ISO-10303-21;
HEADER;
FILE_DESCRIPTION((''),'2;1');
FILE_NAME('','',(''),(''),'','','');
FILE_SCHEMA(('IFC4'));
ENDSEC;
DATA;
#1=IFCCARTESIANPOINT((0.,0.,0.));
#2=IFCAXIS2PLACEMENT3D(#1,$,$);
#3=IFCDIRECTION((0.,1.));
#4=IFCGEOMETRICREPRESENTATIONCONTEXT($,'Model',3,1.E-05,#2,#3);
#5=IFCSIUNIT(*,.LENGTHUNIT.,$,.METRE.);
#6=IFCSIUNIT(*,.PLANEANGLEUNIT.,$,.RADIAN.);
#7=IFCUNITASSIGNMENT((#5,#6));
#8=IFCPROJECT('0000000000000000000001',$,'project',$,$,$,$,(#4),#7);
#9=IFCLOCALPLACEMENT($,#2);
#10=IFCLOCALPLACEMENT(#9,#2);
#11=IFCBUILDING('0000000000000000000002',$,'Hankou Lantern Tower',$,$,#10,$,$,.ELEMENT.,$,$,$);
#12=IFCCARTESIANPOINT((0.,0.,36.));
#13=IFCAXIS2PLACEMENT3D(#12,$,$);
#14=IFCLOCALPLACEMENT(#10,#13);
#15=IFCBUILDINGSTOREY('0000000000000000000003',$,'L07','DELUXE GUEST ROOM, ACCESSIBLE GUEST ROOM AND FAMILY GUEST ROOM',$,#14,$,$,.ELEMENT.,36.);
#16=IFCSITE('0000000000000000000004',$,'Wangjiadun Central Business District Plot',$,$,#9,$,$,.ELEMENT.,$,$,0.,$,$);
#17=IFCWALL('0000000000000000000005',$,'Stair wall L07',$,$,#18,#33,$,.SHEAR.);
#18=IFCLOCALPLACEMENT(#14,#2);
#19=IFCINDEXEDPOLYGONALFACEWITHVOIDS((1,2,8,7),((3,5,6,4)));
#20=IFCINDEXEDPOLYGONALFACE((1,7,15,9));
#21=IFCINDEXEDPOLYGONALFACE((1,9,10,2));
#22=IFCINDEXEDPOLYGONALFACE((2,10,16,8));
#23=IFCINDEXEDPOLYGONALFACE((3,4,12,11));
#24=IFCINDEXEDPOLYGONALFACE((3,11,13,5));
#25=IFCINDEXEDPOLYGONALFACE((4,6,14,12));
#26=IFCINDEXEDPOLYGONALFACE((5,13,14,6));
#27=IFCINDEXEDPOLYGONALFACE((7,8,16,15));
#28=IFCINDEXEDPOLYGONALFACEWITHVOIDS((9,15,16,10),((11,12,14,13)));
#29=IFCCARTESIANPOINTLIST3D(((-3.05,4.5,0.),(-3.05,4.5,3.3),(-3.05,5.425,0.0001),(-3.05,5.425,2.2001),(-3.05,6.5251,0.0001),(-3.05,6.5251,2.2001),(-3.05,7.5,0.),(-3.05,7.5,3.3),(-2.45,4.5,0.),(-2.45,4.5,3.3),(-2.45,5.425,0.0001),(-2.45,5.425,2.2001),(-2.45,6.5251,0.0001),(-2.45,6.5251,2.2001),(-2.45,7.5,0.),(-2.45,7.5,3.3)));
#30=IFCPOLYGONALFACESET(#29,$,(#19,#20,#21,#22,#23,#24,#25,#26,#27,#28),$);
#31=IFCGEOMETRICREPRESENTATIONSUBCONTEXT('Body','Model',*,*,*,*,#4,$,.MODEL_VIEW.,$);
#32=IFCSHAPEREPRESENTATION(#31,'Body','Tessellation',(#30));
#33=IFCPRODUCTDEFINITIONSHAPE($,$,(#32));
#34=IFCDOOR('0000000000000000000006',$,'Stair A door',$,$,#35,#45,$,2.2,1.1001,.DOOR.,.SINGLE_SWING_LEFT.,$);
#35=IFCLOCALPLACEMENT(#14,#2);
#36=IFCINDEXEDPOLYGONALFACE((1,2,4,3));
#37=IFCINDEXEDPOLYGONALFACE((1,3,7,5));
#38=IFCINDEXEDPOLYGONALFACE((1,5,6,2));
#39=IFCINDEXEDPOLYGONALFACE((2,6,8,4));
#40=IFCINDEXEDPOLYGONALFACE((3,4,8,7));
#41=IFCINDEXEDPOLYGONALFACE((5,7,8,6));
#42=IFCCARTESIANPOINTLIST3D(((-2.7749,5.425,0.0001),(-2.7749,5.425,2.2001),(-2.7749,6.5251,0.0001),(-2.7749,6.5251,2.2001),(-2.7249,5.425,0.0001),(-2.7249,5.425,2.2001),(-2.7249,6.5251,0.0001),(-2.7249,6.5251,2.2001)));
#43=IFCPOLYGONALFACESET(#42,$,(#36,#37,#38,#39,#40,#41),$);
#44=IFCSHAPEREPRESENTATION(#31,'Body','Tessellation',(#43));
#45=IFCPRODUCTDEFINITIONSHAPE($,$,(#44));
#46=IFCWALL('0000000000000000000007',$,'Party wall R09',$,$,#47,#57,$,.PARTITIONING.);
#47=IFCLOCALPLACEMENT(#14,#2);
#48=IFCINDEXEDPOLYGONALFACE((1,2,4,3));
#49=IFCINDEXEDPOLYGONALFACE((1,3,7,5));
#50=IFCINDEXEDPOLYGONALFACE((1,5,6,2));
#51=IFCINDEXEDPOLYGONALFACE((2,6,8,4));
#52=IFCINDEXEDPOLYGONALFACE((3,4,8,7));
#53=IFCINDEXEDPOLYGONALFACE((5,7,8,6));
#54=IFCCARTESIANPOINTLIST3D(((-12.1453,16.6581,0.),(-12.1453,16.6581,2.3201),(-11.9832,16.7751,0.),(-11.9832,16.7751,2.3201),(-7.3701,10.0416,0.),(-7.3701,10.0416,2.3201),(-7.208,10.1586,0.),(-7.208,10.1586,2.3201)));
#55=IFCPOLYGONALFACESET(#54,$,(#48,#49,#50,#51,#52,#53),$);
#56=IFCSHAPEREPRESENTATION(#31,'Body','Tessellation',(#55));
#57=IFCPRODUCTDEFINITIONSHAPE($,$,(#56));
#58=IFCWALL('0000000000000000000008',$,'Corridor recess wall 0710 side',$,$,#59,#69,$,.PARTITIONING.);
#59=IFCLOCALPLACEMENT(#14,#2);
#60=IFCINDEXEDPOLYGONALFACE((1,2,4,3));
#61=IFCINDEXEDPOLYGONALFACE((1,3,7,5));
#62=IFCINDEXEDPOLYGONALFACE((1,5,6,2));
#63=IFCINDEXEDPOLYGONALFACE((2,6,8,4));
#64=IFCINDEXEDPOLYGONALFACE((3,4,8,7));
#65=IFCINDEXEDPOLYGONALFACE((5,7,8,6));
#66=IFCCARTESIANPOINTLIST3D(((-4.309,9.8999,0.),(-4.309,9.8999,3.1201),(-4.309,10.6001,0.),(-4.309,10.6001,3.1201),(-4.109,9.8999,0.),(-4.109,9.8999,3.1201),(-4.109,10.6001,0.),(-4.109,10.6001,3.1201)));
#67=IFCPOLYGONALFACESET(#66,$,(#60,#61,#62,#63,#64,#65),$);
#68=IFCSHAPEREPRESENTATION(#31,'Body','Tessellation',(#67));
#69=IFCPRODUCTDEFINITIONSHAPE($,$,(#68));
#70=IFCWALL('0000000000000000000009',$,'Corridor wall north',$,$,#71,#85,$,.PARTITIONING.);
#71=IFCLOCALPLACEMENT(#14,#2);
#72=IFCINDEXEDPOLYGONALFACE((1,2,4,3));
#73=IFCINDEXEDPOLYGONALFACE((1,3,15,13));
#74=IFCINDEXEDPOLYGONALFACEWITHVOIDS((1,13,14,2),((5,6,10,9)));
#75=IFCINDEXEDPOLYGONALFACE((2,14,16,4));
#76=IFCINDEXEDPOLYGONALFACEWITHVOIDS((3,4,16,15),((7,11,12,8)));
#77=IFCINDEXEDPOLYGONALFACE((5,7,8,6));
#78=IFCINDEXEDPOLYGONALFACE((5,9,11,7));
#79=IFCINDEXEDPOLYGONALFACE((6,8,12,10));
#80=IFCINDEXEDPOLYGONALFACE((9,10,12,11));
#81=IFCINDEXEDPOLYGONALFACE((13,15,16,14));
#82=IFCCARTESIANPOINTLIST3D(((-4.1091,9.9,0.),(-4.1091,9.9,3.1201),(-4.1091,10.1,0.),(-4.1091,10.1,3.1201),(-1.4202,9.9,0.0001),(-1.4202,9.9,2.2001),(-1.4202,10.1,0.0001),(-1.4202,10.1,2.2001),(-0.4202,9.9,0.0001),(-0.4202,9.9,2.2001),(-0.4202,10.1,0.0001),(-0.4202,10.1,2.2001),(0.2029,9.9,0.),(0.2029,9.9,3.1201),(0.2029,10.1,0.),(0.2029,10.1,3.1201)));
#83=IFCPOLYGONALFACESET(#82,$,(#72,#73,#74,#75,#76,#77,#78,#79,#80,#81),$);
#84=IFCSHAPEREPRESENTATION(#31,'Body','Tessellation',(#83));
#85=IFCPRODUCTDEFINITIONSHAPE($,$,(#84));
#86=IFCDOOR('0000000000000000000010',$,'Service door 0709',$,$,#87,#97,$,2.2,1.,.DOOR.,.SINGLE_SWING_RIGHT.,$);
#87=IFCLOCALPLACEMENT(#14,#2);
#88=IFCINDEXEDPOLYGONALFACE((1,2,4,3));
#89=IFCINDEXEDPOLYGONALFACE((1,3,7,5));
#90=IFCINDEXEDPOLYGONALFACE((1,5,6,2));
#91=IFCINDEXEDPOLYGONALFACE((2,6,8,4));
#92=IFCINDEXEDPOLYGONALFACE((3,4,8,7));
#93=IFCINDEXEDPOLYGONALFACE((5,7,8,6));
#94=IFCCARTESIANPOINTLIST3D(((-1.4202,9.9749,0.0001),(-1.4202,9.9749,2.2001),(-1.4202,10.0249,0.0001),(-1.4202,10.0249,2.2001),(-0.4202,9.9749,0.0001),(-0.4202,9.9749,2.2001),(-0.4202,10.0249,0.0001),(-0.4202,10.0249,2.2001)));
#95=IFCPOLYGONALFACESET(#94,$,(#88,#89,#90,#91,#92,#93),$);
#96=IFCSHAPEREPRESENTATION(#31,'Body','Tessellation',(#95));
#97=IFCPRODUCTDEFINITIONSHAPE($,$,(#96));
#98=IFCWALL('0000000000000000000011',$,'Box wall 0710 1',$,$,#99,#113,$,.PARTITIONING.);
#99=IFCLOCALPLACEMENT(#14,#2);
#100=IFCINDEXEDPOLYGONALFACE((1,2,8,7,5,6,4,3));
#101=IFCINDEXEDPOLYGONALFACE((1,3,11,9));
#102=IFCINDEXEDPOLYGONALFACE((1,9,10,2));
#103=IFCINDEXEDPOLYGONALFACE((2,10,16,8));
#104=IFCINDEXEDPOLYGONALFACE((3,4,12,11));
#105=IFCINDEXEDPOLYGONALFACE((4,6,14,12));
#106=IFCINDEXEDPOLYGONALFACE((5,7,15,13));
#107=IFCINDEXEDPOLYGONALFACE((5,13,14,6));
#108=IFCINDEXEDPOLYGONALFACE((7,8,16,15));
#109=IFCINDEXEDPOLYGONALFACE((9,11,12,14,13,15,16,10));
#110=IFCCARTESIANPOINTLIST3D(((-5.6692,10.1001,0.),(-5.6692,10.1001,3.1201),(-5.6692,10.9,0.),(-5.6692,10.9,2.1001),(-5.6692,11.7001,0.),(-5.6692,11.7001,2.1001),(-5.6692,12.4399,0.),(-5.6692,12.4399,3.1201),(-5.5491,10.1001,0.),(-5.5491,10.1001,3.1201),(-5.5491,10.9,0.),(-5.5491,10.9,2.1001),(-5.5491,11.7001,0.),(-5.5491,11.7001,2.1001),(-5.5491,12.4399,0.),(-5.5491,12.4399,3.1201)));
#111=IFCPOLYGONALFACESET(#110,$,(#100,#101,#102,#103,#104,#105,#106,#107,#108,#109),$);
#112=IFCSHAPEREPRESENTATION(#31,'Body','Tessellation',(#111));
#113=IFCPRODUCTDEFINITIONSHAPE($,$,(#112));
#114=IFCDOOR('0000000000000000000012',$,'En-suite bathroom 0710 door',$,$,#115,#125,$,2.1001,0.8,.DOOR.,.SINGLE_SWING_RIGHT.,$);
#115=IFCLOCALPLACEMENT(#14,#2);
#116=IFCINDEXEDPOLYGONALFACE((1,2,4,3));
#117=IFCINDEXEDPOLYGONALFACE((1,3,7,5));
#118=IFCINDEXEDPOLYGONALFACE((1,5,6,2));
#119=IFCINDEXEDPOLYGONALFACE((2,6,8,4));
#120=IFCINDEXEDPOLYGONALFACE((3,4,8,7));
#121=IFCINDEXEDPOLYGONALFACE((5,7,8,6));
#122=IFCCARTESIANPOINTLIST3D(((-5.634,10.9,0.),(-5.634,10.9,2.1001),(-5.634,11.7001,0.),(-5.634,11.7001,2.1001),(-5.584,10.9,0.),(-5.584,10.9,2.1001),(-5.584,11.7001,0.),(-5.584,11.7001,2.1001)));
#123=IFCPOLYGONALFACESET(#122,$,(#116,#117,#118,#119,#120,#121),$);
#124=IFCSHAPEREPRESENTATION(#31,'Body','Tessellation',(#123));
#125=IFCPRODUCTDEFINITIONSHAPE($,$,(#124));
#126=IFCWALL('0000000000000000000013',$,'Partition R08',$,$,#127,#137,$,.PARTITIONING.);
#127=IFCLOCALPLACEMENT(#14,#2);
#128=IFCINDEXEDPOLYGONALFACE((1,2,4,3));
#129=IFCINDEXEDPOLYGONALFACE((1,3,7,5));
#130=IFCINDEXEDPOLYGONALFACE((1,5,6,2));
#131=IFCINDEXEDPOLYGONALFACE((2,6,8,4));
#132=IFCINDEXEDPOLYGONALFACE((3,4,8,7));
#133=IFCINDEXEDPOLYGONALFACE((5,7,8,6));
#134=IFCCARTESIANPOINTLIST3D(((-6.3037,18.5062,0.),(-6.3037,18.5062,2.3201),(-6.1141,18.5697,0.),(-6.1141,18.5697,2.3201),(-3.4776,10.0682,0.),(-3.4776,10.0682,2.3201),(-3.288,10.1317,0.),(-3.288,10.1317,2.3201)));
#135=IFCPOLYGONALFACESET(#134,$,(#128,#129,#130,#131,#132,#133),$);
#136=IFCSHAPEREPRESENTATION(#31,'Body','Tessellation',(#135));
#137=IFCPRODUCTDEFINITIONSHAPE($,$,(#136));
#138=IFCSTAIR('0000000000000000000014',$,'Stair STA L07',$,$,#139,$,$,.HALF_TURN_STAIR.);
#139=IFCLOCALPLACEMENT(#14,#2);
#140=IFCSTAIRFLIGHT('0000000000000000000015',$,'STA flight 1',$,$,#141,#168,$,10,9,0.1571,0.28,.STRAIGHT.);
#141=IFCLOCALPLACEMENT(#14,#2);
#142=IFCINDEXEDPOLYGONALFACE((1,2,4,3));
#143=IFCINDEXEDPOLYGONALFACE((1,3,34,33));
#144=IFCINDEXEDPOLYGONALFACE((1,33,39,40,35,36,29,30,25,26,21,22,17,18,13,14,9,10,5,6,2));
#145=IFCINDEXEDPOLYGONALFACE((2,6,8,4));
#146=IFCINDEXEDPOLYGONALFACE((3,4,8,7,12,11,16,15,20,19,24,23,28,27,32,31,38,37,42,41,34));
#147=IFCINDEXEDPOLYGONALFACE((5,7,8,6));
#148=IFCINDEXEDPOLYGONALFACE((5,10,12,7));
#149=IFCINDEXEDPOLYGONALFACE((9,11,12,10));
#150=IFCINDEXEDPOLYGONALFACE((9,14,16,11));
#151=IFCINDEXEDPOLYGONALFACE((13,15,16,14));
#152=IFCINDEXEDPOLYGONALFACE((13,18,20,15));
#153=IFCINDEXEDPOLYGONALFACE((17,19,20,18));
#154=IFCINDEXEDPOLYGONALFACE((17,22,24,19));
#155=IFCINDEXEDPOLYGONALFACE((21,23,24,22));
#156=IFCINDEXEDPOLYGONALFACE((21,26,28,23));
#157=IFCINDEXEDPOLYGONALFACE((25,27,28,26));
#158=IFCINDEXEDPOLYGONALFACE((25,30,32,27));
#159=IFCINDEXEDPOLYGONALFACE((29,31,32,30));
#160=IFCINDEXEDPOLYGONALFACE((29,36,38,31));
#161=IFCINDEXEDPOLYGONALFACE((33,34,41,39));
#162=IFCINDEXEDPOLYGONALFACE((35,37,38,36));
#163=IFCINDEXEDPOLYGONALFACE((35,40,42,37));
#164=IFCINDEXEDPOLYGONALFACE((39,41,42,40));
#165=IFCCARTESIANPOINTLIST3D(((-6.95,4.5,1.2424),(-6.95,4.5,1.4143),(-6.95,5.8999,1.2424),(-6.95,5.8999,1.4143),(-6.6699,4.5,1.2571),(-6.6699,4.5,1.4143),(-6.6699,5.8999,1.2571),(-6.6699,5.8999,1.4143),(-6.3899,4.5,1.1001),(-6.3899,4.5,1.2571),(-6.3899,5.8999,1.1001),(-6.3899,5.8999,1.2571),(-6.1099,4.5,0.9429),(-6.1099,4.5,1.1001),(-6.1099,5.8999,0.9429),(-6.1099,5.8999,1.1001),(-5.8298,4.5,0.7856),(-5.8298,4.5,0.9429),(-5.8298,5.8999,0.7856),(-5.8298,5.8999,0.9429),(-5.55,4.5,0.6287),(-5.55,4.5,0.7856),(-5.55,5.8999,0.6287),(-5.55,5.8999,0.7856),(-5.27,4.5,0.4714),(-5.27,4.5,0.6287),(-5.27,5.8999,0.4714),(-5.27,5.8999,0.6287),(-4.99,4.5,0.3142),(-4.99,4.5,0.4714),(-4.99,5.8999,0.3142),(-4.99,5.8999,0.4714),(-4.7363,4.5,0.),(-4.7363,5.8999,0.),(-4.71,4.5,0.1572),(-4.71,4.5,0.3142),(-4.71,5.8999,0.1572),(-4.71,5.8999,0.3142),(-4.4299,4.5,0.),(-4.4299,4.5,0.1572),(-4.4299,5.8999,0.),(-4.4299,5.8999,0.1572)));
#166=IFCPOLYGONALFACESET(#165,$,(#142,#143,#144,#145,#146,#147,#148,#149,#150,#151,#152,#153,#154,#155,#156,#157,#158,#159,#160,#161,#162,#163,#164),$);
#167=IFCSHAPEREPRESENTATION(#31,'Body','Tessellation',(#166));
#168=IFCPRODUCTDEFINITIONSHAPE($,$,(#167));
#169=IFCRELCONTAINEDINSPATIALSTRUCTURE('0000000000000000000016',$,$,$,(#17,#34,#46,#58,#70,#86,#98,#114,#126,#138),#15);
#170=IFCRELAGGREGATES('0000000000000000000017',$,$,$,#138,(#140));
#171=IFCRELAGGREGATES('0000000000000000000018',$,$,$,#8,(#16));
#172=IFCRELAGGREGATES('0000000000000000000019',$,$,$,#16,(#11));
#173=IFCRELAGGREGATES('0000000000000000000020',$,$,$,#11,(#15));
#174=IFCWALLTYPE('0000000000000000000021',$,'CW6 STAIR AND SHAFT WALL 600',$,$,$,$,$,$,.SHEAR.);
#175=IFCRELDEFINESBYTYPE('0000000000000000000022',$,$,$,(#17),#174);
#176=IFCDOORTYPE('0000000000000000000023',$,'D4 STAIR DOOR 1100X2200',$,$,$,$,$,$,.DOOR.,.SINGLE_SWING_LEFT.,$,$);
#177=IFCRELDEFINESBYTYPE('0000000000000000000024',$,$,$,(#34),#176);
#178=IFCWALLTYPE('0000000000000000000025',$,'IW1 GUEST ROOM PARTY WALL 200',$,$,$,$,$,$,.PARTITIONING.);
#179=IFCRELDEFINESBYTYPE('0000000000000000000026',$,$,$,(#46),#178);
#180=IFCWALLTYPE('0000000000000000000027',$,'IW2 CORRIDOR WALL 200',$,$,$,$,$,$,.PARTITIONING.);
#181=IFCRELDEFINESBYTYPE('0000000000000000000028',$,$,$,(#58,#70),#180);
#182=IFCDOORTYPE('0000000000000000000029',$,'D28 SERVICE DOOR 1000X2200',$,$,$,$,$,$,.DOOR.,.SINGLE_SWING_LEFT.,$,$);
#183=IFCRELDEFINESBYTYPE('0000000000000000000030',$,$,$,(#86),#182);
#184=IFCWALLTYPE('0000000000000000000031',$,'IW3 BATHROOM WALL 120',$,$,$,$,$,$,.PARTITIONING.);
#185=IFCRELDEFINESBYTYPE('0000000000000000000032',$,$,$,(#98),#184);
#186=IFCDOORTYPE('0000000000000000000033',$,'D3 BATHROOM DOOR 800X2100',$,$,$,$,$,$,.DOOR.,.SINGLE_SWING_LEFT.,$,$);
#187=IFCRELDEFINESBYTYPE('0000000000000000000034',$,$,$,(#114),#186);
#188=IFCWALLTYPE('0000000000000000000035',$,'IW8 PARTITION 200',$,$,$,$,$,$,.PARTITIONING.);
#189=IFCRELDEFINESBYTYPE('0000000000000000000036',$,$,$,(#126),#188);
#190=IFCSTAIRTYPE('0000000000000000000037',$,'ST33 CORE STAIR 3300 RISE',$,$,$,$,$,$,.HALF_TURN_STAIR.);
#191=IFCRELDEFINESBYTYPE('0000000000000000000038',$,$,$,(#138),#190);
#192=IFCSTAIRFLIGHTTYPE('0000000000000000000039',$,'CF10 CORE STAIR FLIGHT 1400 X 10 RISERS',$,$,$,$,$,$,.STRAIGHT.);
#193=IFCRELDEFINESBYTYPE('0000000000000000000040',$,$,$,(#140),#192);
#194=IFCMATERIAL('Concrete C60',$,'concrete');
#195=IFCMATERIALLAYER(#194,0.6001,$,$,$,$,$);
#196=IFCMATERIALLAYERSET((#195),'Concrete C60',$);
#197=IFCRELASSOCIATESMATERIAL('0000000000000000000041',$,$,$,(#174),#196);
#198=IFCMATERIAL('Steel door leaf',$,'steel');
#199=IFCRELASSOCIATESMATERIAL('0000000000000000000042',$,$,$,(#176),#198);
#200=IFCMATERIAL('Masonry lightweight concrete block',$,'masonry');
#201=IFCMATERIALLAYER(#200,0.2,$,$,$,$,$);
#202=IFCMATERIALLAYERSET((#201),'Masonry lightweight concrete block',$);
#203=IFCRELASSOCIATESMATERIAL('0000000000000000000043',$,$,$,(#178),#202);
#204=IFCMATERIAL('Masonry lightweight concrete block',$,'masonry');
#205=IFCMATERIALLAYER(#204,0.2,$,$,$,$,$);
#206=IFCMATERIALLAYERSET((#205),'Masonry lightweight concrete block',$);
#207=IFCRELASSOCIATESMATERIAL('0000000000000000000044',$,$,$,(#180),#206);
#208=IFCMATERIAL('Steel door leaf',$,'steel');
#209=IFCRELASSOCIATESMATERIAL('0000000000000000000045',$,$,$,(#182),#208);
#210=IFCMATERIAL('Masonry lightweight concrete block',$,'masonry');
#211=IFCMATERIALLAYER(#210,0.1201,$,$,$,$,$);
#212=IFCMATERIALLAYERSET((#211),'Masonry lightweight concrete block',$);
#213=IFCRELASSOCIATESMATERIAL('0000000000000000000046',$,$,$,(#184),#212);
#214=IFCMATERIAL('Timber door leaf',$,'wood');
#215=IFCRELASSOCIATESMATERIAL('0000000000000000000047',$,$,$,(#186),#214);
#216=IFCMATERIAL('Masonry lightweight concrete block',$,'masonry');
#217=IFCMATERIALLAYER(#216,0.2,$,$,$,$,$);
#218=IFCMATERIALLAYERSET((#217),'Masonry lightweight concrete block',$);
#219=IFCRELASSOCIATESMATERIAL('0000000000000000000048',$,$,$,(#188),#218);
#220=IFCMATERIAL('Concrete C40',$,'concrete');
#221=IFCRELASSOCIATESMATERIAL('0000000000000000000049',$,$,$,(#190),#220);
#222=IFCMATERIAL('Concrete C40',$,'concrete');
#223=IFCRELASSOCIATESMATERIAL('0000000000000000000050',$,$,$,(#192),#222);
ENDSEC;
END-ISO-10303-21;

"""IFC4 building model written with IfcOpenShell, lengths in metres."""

from ifc_helpers import new_model, si_unit, direction, frame, frame_2d, origin, place, context, subcontext, project, spatial, polyline, rectangle, outline, extrude, material, layer, layer_set, type_object, element, fill, aggregate, save


model = new_model("IFC4")

# Units and contexts
model_context = context("Model", 3, precision=1e-05, world=origin(), true_north=direction((0.0, 1.0)))
body_context = subcontext(model_context, "Body", "Model", "MODEL_VIEW")
ifc_project = project(units=[si_unit("LENGTHUNIT", "METRE"), si_unit("PLANEANGLEUNIT", "RADIAN")], contexts=[model_context])

# Site, building, storey
site_placement = place(None, origin())
site = spatial("IfcSite", under=ifc_project, at=site_placement, Name="Wangjiadun Central Business District Plot", CompositionType="ELEMENT", RefElevation=0.0)
building_placement = place(site_placement, origin())
building = spatial("IfcBuilding", under=site, at=building_placement, Name="Hankou Lantern Tower", CompositionType="ELEMENT")
storey_placement = place(building_placement, frame((0.0, 0.0, 36.0)))
storey = spatial("IfcBuildingStorey", under=building, at=storey_placement, Name="L07", Description="DELUXE GUEST ROOM, ACCESSIBLE GUEST ROOM AND FAMILY GUEST ROOM", CompositionType="ELEMENT", Elevation=36.0)

# Wall, opening, door
ifc_material_1 = material(Name="Concrete C60", Category="concrete")
ifc_layer_1 = layer(ifc_material_1, 0.6001)
ifc_layer_set_1 = layer_set([ifc_layer_1], Name="Concrete C60")
wall_type_1 = type_object("IfcWallType", Name="CW6 STAIR AND SHAFT WALL 600", PredefinedType="SHEAR", material=ifc_layer_set_1)
wall_1_placement = place(storey_placement, frame((-2.75, 4.5, 0.0), z_axis=(0.0, 0.0, 1.0), x_axis=(0.0, 1.0, 0.0)))
wall_1 = element("IfcWall", 1, at=wall_1_placement, inside=storey, type_object=wall_type_1, Name="Stair wall L07", PredefinedType="SHEAR", context=body_context, shape_type="SweptSolid", body=[
    extrude(rectangle(XDim=3.0, YDim=0.6001, at=frame_2d((1.5, 0.0))), origin(), (0.0, 0.0, 1.0), 3.3),
])
opening_1_placement = place(wall_1_placement, frame((0.925, 0.0, 0.0)))
opening_1 = element("IfcOpeningElement", 2, at=opening_1_placement, cuts=wall_1, PredefinedType="OPENING", context=body_context, shape_type="SweptSolid", body=[
    extrude(rectangle(XDim=1.1001, YDim=2.2, at=frame_2d((0.55, 1.1001))), frame((0.0, 0.3101, 0.0), z_axis=(0.0, -1.0, 0.0), x_axis=(1.0, 0.0, 0.0)), (0.0, 0.0, 1.0), 0.6201),
])
ifc_material_2 = material(Name="Steel door leaf", Category="steel")
door_type_1 = type_object("IfcDoorType", Name="D4 STAIR DOOR 1100X2200", OperationType="SINGLE_SWING_LEFT", PredefinedType="DOOR", material=ifc_material_2)
door_1_placement = place(opening_1_placement, origin())
door_1 = element("IfcDoor", 3, at=door_1_placement, inside=storey, type_object=door_type_1, Name="Stair A door", OperationType="SINGLE_SWING_LEFT", OverallHeight=2.2, OverallWidth=1.1001, PredefinedType="DOOR", context=body_context, shape_type="SweptSolid", body=[
    extrude(rectangle(XDim=1.1001, YDim=2.2, at=frame_2d((0.55, 1.1001))), frame((0.0, 0.0249, 0.0), z_axis=(0.0, -1.0, 0.0), x_axis=(1.0, 0.0, 0.0)), (0.0, 0.0, 1.0), 0.05),
])
fill(opening_1, door_1)

# Walls
ifc_material_3 = material(Name="Masonry lightweight concrete block", Category="masonry")
ifc_layer_2 = layer(ifc_material_3, 0.2)
ifc_layer_set_2 = layer_set([ifc_layer_2], Name="Masonry lightweight concrete block")
wall_type_2 = type_object("IfcWallType", Name="IW1 GUEST ROOM PARTY WALL 200", PredefinedType="PARTITIONING", material=ifc_layer_set_2)
wall_2_placement = place(storey_placement, frame((-7.2891, 10.1001, 0.0), z_axis=(0.0, 0.0, 1.0), x_axis=(-0.585216, 0.810877, 0.0)))
element("IfcWall", 4, at=wall_2_placement, inside=storey, type_object=wall_type_2, Name="Party wall R09", PredefinedType="PARTITIONING", context=body_context, shape_type="SweptSolid", body=[
    extrude(rectangle(XDim=8.1597, YDim=0.2, at=frame_2d((4.0798, 0.0))), origin(), (0.0, 0.0, 1.0), 2.3201),
])
ifc_material_4 = material(Name="Masonry lightweight concrete block", Category="masonry")
ifc_layer_3 = layer(ifc_material_4, 0.2)
ifc_layer_set_3 = layer_set([ifc_layer_3], Name="Masonry lightweight concrete block")
wall_type_3 = type_object("IfcWallType", Name="IW2 CORRIDOR WALL 200", PredefinedType="PARTITIONING", material=ifc_layer_set_3)
wall_3_placement = place(storey_placement, frame((-4.209, 9.8999, 0.0), z_axis=(0.0, 0.0, 1.0), x_axis=(0.0, 1.0, 0.0)))
element("IfcWall", 5, at=wall_3_placement, inside=storey, type_object=wall_type_3, Name="Corridor recess wall 0710 side", PredefinedType="PARTITIONING", context=body_context, shape_type="SweptSolid", body=[
    extrude(rectangle(XDim=0.7002, YDim=0.2, at=frame_2d((0.3501, 0.0))), origin(), (0.0, 0.0, 1.0), 3.1201),
])

# Walls, openings, doors
wall_4_placement = place(storey_placement, frame((-4.1091, 10.0, 0.0), z_axis=(0.0, 0.0, 1.0), x_axis=(1.0, 0.0, 0.0)))
wall_4 = element("IfcWall", 6, at=wall_4_placement, inside=storey, type_object=wall_type_3, Name="Corridor wall north", PredefinedType="PARTITIONING", context=body_context, shape_type="SweptSolid", body=[
    extrude(rectangle(XDim=4.312, YDim=0.2, at=frame_2d((2.156, 0.0))), origin(), (0.0, 0.0, 1.0), 3.1201),
])
opening_2_placement = place(wall_4_placement, frame((2.689, 0.0, 0.0)))
opening_2 = element("IfcOpeningElement", 7, at=opening_2_placement, cuts=wall_4, PredefinedType="OPENING", context=body_context, shape_type="SweptSolid", body=[
    extrude(rectangle(XDim=1.0, YDim=2.2, at=frame_2d((0.5, 1.1001))), frame((0.0, 0.1099, 0.0), z_axis=(0.0, -1.0, 0.0), x_axis=(1.0, 0.0, 0.0)), (0.0, 0.0, 1.0), 0.22),
])
ifc_material_5 = material(Name="Steel door leaf", Category="steel")
door_type_2 = type_object("IfcDoorType", Name="D28 SERVICE DOOR 1000X2200", OperationType="SINGLE_SWING_LEFT", PredefinedType="DOOR", material=ifc_material_5)
door_2_placement = place(opening_2_placement, origin())
door_2 = element("IfcDoor", 8, at=door_2_placement, inside=storey, type_object=door_type_2, Name="Service door 0709", OperationType="SINGLE_SWING_RIGHT", OverallHeight=2.2, OverallWidth=1.0, PredefinedType="DOOR", context=body_context, shape_type="SweptSolid", body=[
    extrude(rectangle(XDim=1.0, YDim=2.2, at=frame_2d((0.5, 1.1001))), frame((0.0, 0.0249, 0.0), z_axis=(0.0, -1.0, 0.0), x_axis=(1.0, 0.0, 0.0)), (0.0, 0.0, 1.0), 0.05),
])
fill(opening_2, door_2)
ifc_material_6 = material(Name="Masonry lightweight concrete block", Category="masonry")
ifc_layer_4 = layer(ifc_material_6, 0.1201)
ifc_layer_set_4 = layer_set([ifc_layer_4], Name="Masonry lightweight concrete block")
wall_type_4 = type_object("IfcWallType", Name="IW3 BATHROOM WALL 120", PredefinedType="PARTITIONING", material=ifc_layer_set_4)
wall_5_placement = place(storey_placement, frame((-5.6091, 10.1001, 0.0), z_axis=(0.0, 0.0, 1.0), x_axis=(0.0, 1.0, 0.0)))
wall_5 = element("IfcWall", 9, at=wall_5_placement, inside=storey, type_object=wall_type_4, Name="Box wall 0710 1", PredefinedType="PARTITIONING", context=body_context, shape_type="SweptSolid", body=[
    extrude(rectangle(XDim=2.3398, YDim=0.1201, at=frame_2d((1.1699, 0.0))), origin(), (0.0, 0.0, 1.0), 3.1201),
])
opening_3_placement = place(wall_5_placement, frame((0.8, 0.0, 0.0)))
opening_3 = element("IfcOpeningElement", 10, at=opening_3_placement, cuts=wall_5, PredefinedType="OPENING", context=body_context, shape_type="SweptSolid", body=[
    extrude(rectangle(XDim=0.8, YDim=2.1001, at=frame_2d((0.3999, 1.05))), frame((0.0, 0.0701, 0.0), z_axis=(0.0, -1.0, 0.0), x_axis=(1.0, 0.0, 0.0)), (0.0, 0.0, 1.0), 0.1401),
])
ifc_material_7 = material(Name="Timber door leaf", Category="wood")
door_type_3 = type_object("IfcDoorType", Name="D3 BATHROOM DOOR 800X2100", OperationType="SINGLE_SWING_LEFT", PredefinedType="DOOR", material=ifc_material_7)
door_3_placement = place(opening_3_placement, origin())
door_3 = element("IfcDoor", 11, at=door_3_placement, inside=storey, type_object=door_type_3, Name="En-suite bathroom 0710 door", OperationType="SINGLE_SWING_RIGHT", OverallHeight=2.1001, OverallWidth=0.8, PredefinedType="DOOR", context=body_context, shape_type="SweptSolid", body=[
    extrude(rectangle(XDim=0.8, YDim=2.1001, at=frame_2d((0.3999, 1.05))), frame((0.0, 0.0249, 0.0), z_axis=(0.0, -1.0, 0.0), x_axis=(1.0, 0.0, 0.0)), (0.0, 0.0, 1.0), 0.05),
])
fill(opening_3, door_3)

# Wall
ifc_material_8 = material(Name="Masonry lightweight concrete block", Category="masonry")
ifc_layer_5 = layer(ifc_material_8, 0.2)
ifc_layer_set_5 = layer_set([ifc_layer_5], Name="Masonry lightweight concrete block")
wall_type_5 = type_object("IfcWallType", Name="IW8 PARTITION 200", PredefinedType="PARTITIONING", material=ifc_layer_set_5)
wall_6_placement = place(storey_placement, frame((-3.3828, 10.1001, 0.0), z_axis=(0.0, 0.0, 1.0), x_axis=(-0.317594, 0.948227, 0.0)))
element("IfcWall", 12, at=wall_6_placement, inside=storey, type_object=wall_type_5, Name="Partition R08", PredefinedType="PARTITIONING", context=body_context, shape_type="SweptSolid", body=[
    extrude(rectangle(XDim=8.8987, YDim=0.2, at=frame_2d((4.4492, 0.0))), origin(), (0.0, 0.0, 1.0), 2.3201),
])

# Stair, stair flight
ifc_material_9 = material(Name="Concrete C40", Category="concrete")
stair_type = type_object("IfcStairType", Name="ST33 CORE STAIR 3300 RISE", PredefinedType="HALF_TURN_STAIR", material=ifc_material_9)
stair_placement = place(storey_placement, origin())
stair = element("IfcStair", 13, at=stair_placement, inside=storey, type_object=stair_type, Name="Stair STA L07", PredefinedType="HALF_TURN_STAIR")
ifc_material_10 = material(Name="Concrete C40", Category="concrete")
stair_flight_type_1 = type_object("IfcStairFlightType", Name="CF10 CORE STAIR FLIGHT 1400 X 10 RISERS", PredefinedType="STRAIGHT", material=ifc_material_10)
stair_flight_1_placement = place(storey_placement, frame((-4.4299, 5.2, 0.0), z_axis=(0.0, 0.0, 1.0), x_axis=(-1.0, 0.0, 0.0)))
stair_flight_1 = element("IfcStairFlight", 14, at=stair_flight_1_placement, type_object=stair_flight_type_1, Name="STA flight 1", NumberOfRisers=10, NumberOfTreads=9, PredefinedType="STRAIGHT", RiserHeight=0.1571, TreadLength=0.28, context=body_context, shape_type="SweptSolid", body=[
    extrude(outline(polyline([(0.0, 0.0), (0.0, 0.1572), (0.28, 0.1572), (0.28, 0.3142), (0.5601, 0.3142), (0.5601, 0.4714), (0.8401, 0.4714), (0.8401, 0.6287), (1.1201, 0.6287), (1.1201, 0.7856), (1.3999, 0.7856), (1.3999, 0.9429), (1.6799, 0.9429), (1.6799, 1.1001), (1.96, 1.1001), (1.96, 1.2571), (2.24, 1.2571), (2.24, 1.4143), (2.52, 1.4143), (2.52, 1.5715), (2.52, 1.2424), (0.3064, 0.0), (0.0, 0.0)])), frame((0.0, 0.7, 0.0), z_axis=(0.0, -1.0, 0.0), x_axis=(1.0, 0.0, 0.0)), (0.0, 0.0, 1.0), 1.3999),
])
aggregate(stair, [stair_flight_1])

save(model, "model.ifc")
